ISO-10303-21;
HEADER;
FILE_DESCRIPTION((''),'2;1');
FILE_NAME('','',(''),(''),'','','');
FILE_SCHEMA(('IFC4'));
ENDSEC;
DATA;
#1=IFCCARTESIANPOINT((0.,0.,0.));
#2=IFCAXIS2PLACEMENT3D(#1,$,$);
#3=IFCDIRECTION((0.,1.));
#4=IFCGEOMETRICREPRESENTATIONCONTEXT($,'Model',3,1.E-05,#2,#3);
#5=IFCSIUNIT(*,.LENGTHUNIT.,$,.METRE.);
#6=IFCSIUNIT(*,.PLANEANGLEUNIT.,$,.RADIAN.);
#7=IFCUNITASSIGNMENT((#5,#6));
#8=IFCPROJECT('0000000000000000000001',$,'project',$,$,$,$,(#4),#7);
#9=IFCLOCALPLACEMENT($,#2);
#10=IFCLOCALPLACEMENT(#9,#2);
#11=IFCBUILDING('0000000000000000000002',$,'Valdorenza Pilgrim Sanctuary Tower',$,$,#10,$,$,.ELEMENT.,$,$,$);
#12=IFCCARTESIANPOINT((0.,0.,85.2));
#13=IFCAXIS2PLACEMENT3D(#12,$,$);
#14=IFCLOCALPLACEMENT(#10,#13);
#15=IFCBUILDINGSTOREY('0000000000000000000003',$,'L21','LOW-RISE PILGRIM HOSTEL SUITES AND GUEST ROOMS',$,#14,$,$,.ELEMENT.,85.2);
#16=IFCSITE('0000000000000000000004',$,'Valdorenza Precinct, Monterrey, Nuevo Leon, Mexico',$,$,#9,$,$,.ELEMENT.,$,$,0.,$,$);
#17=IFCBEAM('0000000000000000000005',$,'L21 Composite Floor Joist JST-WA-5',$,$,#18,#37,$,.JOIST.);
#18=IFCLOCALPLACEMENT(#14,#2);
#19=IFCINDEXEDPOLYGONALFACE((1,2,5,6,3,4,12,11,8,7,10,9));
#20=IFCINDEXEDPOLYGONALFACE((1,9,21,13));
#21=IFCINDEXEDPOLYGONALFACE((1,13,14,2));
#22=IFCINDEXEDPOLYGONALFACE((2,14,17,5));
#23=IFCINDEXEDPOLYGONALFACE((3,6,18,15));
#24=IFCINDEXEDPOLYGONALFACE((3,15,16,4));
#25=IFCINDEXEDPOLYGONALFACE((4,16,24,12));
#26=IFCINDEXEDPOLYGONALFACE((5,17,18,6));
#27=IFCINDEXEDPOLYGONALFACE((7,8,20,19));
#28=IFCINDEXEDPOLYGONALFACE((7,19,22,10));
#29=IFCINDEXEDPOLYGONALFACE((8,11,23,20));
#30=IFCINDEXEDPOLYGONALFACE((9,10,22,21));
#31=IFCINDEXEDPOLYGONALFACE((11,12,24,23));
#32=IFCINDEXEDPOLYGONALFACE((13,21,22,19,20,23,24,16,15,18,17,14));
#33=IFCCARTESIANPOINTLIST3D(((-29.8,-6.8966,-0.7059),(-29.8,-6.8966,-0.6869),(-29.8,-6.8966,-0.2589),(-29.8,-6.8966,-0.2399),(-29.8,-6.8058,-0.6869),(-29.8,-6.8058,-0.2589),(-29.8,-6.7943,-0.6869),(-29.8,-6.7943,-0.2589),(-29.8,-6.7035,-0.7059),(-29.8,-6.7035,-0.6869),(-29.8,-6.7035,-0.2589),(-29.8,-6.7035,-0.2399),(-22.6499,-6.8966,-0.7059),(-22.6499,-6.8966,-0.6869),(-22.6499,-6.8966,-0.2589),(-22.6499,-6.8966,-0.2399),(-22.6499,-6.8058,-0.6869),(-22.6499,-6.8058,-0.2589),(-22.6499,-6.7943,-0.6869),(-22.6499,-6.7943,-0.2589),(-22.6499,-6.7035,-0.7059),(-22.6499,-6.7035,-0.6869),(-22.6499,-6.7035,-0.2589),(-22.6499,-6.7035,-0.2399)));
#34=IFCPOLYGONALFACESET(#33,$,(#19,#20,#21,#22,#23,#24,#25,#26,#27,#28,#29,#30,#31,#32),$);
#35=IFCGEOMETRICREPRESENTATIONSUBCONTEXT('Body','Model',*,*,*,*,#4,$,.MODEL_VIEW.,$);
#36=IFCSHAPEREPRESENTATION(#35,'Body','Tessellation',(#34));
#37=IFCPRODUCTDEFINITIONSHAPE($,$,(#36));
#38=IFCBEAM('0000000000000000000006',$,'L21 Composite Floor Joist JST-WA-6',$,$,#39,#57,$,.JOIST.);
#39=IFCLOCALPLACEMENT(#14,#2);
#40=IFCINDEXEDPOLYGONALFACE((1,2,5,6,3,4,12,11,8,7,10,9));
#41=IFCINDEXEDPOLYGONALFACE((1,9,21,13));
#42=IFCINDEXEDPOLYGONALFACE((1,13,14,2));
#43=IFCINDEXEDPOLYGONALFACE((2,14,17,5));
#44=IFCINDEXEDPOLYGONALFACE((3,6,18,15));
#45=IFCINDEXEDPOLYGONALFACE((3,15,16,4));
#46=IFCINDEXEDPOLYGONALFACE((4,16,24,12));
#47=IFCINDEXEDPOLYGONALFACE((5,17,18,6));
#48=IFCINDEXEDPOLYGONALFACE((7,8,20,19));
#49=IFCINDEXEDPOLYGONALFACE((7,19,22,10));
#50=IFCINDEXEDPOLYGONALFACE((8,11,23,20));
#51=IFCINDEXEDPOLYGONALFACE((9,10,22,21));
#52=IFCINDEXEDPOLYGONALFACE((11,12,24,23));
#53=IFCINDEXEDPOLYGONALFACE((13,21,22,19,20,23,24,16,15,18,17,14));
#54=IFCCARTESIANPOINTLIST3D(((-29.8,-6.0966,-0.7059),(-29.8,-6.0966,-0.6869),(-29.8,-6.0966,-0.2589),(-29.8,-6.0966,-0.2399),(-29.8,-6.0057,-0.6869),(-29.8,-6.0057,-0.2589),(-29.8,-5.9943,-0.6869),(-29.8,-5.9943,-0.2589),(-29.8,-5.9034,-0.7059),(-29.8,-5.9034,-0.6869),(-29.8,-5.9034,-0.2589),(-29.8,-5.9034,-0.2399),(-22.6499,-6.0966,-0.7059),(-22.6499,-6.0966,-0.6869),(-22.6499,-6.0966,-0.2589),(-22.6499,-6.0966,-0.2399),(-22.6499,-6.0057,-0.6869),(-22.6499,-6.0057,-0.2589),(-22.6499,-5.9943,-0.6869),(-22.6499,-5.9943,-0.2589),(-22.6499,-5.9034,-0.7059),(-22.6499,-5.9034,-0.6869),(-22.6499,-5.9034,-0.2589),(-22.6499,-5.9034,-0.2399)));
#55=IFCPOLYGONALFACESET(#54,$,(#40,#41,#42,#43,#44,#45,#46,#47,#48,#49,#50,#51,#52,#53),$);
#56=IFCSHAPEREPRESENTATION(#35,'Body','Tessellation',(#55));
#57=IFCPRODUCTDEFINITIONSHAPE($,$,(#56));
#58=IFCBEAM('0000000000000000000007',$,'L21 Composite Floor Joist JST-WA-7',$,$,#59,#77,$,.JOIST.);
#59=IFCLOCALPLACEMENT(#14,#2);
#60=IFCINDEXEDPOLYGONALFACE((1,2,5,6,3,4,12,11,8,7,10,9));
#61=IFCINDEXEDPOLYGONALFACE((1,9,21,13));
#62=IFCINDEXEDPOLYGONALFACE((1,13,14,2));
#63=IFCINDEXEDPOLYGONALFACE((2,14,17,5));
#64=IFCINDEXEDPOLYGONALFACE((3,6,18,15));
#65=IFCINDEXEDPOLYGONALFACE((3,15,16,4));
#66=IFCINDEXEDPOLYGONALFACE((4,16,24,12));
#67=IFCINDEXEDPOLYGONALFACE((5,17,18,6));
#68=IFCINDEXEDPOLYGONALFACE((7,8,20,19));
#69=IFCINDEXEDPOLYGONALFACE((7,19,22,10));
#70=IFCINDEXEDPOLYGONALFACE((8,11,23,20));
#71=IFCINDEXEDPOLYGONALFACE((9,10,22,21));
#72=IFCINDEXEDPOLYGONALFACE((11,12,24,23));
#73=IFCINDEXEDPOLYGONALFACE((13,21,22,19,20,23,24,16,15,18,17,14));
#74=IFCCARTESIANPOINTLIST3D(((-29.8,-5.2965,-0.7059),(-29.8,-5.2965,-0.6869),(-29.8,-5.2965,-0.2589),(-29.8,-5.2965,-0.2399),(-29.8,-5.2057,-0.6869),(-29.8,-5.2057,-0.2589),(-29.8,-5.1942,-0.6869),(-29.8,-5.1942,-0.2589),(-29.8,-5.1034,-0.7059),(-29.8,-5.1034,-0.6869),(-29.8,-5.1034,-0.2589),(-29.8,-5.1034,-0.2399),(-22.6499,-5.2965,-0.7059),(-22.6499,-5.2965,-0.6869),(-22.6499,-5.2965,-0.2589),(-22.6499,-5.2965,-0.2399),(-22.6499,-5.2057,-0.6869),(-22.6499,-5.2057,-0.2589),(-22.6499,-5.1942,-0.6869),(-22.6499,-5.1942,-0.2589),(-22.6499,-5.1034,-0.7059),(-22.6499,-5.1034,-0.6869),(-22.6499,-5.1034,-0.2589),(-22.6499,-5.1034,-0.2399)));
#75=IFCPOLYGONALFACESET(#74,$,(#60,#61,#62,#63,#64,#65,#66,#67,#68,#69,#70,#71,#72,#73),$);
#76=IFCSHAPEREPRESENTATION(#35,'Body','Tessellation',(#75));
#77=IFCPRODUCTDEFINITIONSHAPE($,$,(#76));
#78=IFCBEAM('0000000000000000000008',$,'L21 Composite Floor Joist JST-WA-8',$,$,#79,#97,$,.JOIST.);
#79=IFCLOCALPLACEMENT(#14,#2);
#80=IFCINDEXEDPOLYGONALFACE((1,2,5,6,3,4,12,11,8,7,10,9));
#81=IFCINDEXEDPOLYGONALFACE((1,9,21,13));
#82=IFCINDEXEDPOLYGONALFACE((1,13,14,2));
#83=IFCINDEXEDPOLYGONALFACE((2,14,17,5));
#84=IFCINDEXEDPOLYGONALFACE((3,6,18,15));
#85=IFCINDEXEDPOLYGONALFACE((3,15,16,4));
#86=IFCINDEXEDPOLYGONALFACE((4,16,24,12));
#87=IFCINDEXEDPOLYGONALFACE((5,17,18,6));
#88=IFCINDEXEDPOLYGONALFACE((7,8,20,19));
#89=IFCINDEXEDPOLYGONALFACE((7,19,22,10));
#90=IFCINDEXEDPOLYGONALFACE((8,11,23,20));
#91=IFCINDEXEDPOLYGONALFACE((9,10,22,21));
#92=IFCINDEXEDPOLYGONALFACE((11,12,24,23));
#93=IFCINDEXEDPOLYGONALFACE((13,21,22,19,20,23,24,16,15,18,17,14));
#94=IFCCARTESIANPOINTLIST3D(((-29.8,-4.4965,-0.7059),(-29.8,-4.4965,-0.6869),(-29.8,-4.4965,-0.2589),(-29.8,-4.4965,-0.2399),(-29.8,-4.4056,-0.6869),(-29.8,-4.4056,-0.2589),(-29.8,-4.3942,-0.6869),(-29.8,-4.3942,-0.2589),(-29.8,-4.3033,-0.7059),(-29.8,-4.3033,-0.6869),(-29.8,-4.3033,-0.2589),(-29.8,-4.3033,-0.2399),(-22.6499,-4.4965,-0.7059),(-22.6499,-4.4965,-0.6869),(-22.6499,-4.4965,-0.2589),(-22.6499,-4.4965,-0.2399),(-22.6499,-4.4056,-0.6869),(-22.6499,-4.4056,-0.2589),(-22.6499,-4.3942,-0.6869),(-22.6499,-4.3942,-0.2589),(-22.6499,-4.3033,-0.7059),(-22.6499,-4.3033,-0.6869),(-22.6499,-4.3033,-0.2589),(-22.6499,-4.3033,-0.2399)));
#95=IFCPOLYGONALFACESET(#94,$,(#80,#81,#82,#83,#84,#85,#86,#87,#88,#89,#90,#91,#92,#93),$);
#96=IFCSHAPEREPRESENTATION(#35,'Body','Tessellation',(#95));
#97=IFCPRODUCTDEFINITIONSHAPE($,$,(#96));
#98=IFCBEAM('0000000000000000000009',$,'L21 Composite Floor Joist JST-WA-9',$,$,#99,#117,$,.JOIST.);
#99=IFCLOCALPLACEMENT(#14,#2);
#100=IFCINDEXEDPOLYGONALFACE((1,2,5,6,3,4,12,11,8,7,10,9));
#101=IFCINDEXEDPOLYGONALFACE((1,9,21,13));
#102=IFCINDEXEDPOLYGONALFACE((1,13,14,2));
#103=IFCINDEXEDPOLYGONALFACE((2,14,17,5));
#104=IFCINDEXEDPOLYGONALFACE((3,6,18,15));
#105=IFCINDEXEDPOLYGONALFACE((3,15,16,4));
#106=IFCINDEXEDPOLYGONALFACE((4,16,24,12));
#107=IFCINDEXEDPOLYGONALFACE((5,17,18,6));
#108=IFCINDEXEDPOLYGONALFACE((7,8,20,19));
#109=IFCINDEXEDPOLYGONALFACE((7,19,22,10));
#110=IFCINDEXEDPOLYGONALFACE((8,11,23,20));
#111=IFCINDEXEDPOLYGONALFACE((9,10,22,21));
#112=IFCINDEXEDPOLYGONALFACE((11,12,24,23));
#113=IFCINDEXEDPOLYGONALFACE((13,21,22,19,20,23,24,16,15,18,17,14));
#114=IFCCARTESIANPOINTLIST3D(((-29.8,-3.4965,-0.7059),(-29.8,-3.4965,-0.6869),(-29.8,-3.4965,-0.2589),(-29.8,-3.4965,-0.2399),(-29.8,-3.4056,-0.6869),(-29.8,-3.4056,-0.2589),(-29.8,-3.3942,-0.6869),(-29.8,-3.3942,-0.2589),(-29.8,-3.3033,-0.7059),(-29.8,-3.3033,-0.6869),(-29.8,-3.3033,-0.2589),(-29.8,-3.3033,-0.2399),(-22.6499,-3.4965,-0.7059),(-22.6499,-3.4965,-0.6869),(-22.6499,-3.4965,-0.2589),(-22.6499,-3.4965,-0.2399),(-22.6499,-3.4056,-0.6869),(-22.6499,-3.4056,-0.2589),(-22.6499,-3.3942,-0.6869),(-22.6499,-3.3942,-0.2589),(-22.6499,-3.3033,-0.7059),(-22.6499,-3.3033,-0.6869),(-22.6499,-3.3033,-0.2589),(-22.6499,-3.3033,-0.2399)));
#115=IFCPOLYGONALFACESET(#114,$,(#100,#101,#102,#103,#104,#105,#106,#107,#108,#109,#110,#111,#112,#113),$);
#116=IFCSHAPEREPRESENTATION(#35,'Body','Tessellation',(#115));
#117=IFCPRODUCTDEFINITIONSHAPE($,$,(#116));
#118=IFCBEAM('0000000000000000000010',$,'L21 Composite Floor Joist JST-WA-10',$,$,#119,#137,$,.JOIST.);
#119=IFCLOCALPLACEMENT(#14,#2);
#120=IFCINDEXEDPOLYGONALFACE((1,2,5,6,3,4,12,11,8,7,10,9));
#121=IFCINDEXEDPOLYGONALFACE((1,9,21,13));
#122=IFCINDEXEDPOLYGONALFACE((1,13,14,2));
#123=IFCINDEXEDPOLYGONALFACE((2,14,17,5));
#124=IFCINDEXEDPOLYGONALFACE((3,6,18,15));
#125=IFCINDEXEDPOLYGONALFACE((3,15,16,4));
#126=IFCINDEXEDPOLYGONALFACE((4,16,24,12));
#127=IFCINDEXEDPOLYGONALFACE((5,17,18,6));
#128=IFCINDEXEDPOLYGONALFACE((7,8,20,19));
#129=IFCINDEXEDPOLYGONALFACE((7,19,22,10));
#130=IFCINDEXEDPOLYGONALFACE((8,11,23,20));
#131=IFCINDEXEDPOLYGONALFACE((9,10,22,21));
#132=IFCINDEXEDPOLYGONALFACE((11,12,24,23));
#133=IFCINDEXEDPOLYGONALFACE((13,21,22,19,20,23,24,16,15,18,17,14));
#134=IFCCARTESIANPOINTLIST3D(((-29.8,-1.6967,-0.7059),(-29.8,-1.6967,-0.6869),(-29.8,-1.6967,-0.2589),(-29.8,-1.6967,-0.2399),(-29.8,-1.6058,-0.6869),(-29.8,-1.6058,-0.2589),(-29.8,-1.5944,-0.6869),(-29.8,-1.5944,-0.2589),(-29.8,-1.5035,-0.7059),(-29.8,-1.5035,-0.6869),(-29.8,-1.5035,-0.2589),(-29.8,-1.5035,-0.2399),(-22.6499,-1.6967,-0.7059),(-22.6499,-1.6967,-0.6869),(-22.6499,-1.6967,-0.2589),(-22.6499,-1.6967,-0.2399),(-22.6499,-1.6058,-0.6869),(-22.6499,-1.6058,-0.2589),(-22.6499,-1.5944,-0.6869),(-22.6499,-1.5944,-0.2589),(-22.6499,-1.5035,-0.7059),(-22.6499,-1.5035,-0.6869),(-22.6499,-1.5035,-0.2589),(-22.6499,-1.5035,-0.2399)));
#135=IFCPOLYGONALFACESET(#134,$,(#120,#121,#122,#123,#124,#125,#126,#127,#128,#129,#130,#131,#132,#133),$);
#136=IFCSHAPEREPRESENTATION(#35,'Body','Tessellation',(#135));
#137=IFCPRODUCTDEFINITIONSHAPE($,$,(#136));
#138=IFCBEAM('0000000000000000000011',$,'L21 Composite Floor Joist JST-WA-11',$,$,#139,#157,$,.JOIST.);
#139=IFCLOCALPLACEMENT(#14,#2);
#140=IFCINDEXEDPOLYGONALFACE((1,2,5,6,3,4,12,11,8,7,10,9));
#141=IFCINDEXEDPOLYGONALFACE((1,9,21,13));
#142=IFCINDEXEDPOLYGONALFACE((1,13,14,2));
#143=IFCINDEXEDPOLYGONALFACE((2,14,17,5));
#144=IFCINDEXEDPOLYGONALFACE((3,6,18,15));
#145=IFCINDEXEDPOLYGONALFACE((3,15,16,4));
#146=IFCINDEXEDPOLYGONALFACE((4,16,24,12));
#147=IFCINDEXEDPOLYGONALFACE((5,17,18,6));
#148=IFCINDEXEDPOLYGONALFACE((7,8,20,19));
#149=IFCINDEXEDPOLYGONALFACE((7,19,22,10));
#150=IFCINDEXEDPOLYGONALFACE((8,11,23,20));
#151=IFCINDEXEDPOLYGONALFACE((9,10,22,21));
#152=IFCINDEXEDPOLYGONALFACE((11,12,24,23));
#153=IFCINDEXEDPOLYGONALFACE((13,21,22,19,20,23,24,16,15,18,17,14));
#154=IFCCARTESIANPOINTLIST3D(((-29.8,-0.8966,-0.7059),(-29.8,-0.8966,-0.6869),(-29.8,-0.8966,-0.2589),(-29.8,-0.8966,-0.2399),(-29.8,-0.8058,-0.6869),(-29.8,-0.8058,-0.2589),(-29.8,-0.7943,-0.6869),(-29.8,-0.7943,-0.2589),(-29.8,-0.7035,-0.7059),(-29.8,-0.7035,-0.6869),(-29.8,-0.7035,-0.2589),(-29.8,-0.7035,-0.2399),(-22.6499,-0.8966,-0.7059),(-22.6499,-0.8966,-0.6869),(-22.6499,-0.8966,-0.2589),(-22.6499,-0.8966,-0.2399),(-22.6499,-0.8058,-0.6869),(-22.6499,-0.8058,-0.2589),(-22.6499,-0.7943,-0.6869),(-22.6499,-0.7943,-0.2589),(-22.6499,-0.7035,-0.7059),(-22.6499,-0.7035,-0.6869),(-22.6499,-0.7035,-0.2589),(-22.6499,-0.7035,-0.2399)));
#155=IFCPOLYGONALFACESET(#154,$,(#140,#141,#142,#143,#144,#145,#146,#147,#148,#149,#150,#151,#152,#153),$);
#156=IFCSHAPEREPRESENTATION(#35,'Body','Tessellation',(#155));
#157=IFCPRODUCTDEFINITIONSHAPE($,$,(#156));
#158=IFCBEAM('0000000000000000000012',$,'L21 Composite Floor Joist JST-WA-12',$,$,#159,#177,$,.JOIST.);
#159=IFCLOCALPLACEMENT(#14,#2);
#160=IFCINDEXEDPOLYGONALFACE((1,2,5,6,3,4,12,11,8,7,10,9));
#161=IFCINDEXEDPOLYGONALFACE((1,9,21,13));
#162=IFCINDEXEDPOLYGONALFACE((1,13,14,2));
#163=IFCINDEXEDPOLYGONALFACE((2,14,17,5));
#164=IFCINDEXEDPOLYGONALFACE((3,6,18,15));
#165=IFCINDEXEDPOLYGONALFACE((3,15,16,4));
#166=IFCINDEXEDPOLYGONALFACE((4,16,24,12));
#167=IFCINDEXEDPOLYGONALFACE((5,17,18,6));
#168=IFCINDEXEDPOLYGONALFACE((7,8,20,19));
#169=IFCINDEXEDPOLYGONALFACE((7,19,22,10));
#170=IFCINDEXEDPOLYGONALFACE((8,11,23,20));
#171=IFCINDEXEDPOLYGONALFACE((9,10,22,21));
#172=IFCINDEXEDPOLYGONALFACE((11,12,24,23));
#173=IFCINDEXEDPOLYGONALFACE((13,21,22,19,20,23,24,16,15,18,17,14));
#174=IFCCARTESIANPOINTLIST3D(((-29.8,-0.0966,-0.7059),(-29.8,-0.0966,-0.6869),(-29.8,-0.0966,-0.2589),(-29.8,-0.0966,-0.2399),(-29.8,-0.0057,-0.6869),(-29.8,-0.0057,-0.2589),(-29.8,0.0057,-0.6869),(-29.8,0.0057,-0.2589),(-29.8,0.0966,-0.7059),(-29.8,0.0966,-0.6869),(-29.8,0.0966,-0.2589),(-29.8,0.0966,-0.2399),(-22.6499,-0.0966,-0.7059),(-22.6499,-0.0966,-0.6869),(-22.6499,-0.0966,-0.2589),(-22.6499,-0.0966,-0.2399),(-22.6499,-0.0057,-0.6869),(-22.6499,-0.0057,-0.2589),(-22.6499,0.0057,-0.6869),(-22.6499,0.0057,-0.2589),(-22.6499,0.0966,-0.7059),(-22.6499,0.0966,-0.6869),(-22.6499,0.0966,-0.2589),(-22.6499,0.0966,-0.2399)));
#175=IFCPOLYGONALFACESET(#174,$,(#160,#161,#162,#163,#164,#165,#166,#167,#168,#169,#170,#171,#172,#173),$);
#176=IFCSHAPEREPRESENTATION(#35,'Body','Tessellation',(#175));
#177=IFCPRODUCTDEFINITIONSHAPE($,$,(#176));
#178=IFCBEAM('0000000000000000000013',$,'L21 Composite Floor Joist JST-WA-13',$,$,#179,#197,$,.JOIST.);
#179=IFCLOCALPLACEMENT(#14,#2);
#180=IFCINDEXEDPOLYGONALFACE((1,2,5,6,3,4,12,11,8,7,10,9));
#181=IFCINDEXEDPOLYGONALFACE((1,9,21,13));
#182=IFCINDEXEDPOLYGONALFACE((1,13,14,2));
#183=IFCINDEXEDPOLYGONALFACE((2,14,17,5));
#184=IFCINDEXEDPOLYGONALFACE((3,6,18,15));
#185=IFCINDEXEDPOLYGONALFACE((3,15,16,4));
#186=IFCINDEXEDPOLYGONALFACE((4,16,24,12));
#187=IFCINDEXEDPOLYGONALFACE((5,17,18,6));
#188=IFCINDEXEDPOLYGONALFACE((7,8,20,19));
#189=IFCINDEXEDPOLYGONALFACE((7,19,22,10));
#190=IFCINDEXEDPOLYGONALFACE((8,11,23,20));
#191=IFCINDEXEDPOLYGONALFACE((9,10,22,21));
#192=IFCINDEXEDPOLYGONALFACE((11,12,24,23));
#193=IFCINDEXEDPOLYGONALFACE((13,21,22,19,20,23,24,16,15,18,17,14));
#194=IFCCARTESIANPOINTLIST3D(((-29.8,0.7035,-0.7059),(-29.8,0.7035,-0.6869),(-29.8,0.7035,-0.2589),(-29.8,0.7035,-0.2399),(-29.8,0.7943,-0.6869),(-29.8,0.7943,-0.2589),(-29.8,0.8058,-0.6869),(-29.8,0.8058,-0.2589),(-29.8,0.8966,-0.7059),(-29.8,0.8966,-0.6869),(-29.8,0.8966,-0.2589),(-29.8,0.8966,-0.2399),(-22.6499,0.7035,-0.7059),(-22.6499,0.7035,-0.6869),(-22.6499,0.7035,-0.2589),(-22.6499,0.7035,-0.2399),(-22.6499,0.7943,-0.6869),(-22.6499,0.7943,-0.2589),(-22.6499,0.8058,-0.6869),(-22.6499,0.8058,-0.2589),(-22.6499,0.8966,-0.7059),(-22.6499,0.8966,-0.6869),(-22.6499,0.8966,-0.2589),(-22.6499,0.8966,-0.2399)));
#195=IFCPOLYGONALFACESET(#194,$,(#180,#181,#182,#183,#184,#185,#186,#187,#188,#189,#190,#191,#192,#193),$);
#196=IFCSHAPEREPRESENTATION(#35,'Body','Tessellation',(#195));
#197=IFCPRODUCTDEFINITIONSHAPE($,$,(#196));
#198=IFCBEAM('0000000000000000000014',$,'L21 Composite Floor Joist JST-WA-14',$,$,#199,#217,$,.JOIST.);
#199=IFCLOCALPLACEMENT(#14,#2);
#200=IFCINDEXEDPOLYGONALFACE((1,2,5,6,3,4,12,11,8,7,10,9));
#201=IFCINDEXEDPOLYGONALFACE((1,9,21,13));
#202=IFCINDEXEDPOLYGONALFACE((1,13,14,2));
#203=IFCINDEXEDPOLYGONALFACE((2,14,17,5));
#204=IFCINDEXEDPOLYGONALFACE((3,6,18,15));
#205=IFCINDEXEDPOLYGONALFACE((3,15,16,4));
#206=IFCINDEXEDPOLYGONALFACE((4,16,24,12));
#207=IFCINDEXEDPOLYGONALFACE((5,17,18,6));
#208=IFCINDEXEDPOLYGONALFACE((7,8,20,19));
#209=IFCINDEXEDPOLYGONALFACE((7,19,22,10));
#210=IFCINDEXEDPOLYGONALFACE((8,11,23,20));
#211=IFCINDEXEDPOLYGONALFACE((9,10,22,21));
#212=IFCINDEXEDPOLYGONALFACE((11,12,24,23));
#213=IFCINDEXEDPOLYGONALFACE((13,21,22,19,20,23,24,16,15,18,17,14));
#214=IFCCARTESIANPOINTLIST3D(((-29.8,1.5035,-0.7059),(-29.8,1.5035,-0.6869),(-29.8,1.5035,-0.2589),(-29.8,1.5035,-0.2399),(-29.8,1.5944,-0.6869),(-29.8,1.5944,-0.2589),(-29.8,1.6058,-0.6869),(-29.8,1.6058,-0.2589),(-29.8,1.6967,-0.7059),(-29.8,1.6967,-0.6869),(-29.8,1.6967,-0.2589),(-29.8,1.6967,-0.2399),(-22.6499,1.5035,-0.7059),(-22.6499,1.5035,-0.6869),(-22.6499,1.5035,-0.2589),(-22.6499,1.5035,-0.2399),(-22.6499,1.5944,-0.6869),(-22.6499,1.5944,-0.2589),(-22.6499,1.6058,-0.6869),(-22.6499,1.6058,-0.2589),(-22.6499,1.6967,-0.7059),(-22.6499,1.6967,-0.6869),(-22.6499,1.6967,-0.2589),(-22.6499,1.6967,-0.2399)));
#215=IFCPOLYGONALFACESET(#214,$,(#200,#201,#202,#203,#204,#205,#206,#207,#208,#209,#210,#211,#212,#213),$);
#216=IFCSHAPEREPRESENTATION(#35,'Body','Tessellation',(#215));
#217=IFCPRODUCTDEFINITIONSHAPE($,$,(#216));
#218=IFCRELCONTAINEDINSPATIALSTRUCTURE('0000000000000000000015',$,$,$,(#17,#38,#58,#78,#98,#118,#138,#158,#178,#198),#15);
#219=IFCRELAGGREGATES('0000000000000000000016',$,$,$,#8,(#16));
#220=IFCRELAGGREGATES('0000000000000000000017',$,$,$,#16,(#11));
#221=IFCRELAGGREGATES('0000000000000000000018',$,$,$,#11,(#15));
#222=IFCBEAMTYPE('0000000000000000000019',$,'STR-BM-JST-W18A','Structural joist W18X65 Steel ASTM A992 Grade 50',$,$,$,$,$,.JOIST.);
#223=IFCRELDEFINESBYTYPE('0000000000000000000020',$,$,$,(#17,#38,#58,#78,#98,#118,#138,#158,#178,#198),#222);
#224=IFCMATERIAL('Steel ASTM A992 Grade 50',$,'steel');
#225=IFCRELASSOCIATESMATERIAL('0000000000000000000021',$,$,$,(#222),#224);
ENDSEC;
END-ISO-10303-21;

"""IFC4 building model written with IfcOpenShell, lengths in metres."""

from ifc_helpers import new_model, si_unit, direction, frame, origin, origin_2d, place, context, subcontext, project, spatial, i_section, extrude, source, transform, mapped, material, material_profile, profile_set, type_object, element, save


model = new_model("IFC4")

# Units and contexts
model_context = context("Model", 3, precision=1e-05, world=origin(), true_north=direction((0.0, 1.0)))
body_context = subcontext(model_context, "Body", "Model", "MODEL_VIEW")
ifc_project = project(units=[si_unit("LENGTHUNIT", "METRE"), si_unit("PLANEANGLEUNIT", "RADIAN")], contexts=[model_context])

# Site, building, storey
site_placement = place(None, origin())
site = spatial("IfcSite", under=ifc_project, at=site_placement, Name="Valdorenza Precinct, Monterrey, Nuevo Leon, Mexico", CompositionType="ELEMENT", RefElevation=0.0)
building_placement = place(site_placement, origin())
building = spatial("IfcBuilding", under=site, at=building_placement, Name="Valdorenza Pilgrim Sanctuary Tower", CompositionType="ELEMENT")
storey_placement = place(building_placement, frame((0.0, 0.0, 85.2)))
storey = spatial("IfcBuildingStorey", under=building, at=storey_placement, Name="L21", Description="LOW-RISE PILGRIM HOSTEL SUITES AND GUEST ROOMS", CompositionType="ELEMENT", Elevation=85.2)

# Beams
ifc_material_1 = material(Name="Steel ASTM A992 Grade 50", Category="steel")
ifc_material_profile_1 = material_profile(ifc_material_1, i_section(OverallWidth=0.1931, OverallDepth=0.4661, WebThickness=0.0115, FlangeThickness=0.019, at=origin_2d()), Name="W18X65")
ifc_profile_set_1 = profile_set([ifc_material_profile_1], Name="Steel ASTM A992 Grade 50")
beam_type_1 = type_object("IfcBeamType", Name="STR-BM-JST-W18A", Description="Structural joist W18X65 Steel ASTM A992 Grade 50", PredefinedType="JOIST", material=ifc_profile_set_1)
shared_shape_1 = source(origin(), body_context, "Body", "SweptSolid", [
    extrude(i_section(OverallWidth=0.1931, OverallDepth=0.4661, WebThickness=0.0115, FlangeThickness=0.019, at=origin_2d()), origin(), (0.0, 0.0, 1.0), 7.1501),
])
for number, where, z_axis, x_axis, name in (
    (1, (-29.8, -6.8, -0.4729), (1.0, 0.0, 0.0), (0.0, 1.0, 0.0), "L21 Composite Floor Joist JST-WA-5"),
    (2, (-29.8, -6.0, -0.4729), (1.0, 0.0, 0.0), (0.0, 1.0, 0.0), "L21 Composite Floor Joist JST-WA-6"),
    (3, (-29.8, -5.2, -0.4729), (1.0, 0.0, 0.0), (0.0, 1.0, 0.0), "L21 Composite Floor Joist JST-WA-7"),
    (4, (-29.8, -4.3999, -0.4729), (1.0, 0.0, 0.0), (0.0, 1.0, 0.0), "L21 Composite Floor Joist JST-WA-8"),
    (5, (-29.8, -3.3999, -0.4729), (1.0, 0.0, 0.0), (0.0, 1.0, 0.0), "L21 Composite Floor Joist JST-WA-9"),
    (6, (-29.8, -1.6001, -0.4729), (1.0, 0.0, 0.0), (0.0, 1.0, 0.0), "L21 Composite Floor Joist JST-WA-10"),
    (7, (-29.8, -0.8, -0.4729), (1.0, 0.0, 0.0), (0.0, 1.0, 0.0), "L21 Composite Floor Joist JST-WA-11"),
    (8, (-29.8, 0.0, -0.4729), (1.0, 0.0, 0.0), (0.0, 1.0, 0.0), "L21 Composite Floor Joist JST-WA-12"),
    (9, (-29.8, 0.8, -0.4729), (1.0, 0.0, 0.0), (0.0, 1.0, 0.0), "L21 Composite Floor Joist JST-WA-13"),
    (10, (-29.8, 1.6001, -0.4729), (1.0, 0.0, 0.0), (0.0, 1.0, 0.0), "L21 Composite Floor Joist JST-WA-14"),
):
    element("IfcBeam", number, at=place(storey_placement, frame(where, z_axis=z_axis, x_axis=x_axis)), inside=storey, type_object=beam_type_1, Name=name, PredefinedType="JOIST", context=body_context, shape_type="MappedRepresentation", body=[
        mapped(shared_shape_1, transform((0.0, 0.0, 0.0), x_axis=(1.0, 0.0, 0.0), y_axis=(0.0, 1.0, 0.0), z_axis=(0.0, 0.0, 1.0), scale=1.0)),
    ])

save(model, "model.ifc")
